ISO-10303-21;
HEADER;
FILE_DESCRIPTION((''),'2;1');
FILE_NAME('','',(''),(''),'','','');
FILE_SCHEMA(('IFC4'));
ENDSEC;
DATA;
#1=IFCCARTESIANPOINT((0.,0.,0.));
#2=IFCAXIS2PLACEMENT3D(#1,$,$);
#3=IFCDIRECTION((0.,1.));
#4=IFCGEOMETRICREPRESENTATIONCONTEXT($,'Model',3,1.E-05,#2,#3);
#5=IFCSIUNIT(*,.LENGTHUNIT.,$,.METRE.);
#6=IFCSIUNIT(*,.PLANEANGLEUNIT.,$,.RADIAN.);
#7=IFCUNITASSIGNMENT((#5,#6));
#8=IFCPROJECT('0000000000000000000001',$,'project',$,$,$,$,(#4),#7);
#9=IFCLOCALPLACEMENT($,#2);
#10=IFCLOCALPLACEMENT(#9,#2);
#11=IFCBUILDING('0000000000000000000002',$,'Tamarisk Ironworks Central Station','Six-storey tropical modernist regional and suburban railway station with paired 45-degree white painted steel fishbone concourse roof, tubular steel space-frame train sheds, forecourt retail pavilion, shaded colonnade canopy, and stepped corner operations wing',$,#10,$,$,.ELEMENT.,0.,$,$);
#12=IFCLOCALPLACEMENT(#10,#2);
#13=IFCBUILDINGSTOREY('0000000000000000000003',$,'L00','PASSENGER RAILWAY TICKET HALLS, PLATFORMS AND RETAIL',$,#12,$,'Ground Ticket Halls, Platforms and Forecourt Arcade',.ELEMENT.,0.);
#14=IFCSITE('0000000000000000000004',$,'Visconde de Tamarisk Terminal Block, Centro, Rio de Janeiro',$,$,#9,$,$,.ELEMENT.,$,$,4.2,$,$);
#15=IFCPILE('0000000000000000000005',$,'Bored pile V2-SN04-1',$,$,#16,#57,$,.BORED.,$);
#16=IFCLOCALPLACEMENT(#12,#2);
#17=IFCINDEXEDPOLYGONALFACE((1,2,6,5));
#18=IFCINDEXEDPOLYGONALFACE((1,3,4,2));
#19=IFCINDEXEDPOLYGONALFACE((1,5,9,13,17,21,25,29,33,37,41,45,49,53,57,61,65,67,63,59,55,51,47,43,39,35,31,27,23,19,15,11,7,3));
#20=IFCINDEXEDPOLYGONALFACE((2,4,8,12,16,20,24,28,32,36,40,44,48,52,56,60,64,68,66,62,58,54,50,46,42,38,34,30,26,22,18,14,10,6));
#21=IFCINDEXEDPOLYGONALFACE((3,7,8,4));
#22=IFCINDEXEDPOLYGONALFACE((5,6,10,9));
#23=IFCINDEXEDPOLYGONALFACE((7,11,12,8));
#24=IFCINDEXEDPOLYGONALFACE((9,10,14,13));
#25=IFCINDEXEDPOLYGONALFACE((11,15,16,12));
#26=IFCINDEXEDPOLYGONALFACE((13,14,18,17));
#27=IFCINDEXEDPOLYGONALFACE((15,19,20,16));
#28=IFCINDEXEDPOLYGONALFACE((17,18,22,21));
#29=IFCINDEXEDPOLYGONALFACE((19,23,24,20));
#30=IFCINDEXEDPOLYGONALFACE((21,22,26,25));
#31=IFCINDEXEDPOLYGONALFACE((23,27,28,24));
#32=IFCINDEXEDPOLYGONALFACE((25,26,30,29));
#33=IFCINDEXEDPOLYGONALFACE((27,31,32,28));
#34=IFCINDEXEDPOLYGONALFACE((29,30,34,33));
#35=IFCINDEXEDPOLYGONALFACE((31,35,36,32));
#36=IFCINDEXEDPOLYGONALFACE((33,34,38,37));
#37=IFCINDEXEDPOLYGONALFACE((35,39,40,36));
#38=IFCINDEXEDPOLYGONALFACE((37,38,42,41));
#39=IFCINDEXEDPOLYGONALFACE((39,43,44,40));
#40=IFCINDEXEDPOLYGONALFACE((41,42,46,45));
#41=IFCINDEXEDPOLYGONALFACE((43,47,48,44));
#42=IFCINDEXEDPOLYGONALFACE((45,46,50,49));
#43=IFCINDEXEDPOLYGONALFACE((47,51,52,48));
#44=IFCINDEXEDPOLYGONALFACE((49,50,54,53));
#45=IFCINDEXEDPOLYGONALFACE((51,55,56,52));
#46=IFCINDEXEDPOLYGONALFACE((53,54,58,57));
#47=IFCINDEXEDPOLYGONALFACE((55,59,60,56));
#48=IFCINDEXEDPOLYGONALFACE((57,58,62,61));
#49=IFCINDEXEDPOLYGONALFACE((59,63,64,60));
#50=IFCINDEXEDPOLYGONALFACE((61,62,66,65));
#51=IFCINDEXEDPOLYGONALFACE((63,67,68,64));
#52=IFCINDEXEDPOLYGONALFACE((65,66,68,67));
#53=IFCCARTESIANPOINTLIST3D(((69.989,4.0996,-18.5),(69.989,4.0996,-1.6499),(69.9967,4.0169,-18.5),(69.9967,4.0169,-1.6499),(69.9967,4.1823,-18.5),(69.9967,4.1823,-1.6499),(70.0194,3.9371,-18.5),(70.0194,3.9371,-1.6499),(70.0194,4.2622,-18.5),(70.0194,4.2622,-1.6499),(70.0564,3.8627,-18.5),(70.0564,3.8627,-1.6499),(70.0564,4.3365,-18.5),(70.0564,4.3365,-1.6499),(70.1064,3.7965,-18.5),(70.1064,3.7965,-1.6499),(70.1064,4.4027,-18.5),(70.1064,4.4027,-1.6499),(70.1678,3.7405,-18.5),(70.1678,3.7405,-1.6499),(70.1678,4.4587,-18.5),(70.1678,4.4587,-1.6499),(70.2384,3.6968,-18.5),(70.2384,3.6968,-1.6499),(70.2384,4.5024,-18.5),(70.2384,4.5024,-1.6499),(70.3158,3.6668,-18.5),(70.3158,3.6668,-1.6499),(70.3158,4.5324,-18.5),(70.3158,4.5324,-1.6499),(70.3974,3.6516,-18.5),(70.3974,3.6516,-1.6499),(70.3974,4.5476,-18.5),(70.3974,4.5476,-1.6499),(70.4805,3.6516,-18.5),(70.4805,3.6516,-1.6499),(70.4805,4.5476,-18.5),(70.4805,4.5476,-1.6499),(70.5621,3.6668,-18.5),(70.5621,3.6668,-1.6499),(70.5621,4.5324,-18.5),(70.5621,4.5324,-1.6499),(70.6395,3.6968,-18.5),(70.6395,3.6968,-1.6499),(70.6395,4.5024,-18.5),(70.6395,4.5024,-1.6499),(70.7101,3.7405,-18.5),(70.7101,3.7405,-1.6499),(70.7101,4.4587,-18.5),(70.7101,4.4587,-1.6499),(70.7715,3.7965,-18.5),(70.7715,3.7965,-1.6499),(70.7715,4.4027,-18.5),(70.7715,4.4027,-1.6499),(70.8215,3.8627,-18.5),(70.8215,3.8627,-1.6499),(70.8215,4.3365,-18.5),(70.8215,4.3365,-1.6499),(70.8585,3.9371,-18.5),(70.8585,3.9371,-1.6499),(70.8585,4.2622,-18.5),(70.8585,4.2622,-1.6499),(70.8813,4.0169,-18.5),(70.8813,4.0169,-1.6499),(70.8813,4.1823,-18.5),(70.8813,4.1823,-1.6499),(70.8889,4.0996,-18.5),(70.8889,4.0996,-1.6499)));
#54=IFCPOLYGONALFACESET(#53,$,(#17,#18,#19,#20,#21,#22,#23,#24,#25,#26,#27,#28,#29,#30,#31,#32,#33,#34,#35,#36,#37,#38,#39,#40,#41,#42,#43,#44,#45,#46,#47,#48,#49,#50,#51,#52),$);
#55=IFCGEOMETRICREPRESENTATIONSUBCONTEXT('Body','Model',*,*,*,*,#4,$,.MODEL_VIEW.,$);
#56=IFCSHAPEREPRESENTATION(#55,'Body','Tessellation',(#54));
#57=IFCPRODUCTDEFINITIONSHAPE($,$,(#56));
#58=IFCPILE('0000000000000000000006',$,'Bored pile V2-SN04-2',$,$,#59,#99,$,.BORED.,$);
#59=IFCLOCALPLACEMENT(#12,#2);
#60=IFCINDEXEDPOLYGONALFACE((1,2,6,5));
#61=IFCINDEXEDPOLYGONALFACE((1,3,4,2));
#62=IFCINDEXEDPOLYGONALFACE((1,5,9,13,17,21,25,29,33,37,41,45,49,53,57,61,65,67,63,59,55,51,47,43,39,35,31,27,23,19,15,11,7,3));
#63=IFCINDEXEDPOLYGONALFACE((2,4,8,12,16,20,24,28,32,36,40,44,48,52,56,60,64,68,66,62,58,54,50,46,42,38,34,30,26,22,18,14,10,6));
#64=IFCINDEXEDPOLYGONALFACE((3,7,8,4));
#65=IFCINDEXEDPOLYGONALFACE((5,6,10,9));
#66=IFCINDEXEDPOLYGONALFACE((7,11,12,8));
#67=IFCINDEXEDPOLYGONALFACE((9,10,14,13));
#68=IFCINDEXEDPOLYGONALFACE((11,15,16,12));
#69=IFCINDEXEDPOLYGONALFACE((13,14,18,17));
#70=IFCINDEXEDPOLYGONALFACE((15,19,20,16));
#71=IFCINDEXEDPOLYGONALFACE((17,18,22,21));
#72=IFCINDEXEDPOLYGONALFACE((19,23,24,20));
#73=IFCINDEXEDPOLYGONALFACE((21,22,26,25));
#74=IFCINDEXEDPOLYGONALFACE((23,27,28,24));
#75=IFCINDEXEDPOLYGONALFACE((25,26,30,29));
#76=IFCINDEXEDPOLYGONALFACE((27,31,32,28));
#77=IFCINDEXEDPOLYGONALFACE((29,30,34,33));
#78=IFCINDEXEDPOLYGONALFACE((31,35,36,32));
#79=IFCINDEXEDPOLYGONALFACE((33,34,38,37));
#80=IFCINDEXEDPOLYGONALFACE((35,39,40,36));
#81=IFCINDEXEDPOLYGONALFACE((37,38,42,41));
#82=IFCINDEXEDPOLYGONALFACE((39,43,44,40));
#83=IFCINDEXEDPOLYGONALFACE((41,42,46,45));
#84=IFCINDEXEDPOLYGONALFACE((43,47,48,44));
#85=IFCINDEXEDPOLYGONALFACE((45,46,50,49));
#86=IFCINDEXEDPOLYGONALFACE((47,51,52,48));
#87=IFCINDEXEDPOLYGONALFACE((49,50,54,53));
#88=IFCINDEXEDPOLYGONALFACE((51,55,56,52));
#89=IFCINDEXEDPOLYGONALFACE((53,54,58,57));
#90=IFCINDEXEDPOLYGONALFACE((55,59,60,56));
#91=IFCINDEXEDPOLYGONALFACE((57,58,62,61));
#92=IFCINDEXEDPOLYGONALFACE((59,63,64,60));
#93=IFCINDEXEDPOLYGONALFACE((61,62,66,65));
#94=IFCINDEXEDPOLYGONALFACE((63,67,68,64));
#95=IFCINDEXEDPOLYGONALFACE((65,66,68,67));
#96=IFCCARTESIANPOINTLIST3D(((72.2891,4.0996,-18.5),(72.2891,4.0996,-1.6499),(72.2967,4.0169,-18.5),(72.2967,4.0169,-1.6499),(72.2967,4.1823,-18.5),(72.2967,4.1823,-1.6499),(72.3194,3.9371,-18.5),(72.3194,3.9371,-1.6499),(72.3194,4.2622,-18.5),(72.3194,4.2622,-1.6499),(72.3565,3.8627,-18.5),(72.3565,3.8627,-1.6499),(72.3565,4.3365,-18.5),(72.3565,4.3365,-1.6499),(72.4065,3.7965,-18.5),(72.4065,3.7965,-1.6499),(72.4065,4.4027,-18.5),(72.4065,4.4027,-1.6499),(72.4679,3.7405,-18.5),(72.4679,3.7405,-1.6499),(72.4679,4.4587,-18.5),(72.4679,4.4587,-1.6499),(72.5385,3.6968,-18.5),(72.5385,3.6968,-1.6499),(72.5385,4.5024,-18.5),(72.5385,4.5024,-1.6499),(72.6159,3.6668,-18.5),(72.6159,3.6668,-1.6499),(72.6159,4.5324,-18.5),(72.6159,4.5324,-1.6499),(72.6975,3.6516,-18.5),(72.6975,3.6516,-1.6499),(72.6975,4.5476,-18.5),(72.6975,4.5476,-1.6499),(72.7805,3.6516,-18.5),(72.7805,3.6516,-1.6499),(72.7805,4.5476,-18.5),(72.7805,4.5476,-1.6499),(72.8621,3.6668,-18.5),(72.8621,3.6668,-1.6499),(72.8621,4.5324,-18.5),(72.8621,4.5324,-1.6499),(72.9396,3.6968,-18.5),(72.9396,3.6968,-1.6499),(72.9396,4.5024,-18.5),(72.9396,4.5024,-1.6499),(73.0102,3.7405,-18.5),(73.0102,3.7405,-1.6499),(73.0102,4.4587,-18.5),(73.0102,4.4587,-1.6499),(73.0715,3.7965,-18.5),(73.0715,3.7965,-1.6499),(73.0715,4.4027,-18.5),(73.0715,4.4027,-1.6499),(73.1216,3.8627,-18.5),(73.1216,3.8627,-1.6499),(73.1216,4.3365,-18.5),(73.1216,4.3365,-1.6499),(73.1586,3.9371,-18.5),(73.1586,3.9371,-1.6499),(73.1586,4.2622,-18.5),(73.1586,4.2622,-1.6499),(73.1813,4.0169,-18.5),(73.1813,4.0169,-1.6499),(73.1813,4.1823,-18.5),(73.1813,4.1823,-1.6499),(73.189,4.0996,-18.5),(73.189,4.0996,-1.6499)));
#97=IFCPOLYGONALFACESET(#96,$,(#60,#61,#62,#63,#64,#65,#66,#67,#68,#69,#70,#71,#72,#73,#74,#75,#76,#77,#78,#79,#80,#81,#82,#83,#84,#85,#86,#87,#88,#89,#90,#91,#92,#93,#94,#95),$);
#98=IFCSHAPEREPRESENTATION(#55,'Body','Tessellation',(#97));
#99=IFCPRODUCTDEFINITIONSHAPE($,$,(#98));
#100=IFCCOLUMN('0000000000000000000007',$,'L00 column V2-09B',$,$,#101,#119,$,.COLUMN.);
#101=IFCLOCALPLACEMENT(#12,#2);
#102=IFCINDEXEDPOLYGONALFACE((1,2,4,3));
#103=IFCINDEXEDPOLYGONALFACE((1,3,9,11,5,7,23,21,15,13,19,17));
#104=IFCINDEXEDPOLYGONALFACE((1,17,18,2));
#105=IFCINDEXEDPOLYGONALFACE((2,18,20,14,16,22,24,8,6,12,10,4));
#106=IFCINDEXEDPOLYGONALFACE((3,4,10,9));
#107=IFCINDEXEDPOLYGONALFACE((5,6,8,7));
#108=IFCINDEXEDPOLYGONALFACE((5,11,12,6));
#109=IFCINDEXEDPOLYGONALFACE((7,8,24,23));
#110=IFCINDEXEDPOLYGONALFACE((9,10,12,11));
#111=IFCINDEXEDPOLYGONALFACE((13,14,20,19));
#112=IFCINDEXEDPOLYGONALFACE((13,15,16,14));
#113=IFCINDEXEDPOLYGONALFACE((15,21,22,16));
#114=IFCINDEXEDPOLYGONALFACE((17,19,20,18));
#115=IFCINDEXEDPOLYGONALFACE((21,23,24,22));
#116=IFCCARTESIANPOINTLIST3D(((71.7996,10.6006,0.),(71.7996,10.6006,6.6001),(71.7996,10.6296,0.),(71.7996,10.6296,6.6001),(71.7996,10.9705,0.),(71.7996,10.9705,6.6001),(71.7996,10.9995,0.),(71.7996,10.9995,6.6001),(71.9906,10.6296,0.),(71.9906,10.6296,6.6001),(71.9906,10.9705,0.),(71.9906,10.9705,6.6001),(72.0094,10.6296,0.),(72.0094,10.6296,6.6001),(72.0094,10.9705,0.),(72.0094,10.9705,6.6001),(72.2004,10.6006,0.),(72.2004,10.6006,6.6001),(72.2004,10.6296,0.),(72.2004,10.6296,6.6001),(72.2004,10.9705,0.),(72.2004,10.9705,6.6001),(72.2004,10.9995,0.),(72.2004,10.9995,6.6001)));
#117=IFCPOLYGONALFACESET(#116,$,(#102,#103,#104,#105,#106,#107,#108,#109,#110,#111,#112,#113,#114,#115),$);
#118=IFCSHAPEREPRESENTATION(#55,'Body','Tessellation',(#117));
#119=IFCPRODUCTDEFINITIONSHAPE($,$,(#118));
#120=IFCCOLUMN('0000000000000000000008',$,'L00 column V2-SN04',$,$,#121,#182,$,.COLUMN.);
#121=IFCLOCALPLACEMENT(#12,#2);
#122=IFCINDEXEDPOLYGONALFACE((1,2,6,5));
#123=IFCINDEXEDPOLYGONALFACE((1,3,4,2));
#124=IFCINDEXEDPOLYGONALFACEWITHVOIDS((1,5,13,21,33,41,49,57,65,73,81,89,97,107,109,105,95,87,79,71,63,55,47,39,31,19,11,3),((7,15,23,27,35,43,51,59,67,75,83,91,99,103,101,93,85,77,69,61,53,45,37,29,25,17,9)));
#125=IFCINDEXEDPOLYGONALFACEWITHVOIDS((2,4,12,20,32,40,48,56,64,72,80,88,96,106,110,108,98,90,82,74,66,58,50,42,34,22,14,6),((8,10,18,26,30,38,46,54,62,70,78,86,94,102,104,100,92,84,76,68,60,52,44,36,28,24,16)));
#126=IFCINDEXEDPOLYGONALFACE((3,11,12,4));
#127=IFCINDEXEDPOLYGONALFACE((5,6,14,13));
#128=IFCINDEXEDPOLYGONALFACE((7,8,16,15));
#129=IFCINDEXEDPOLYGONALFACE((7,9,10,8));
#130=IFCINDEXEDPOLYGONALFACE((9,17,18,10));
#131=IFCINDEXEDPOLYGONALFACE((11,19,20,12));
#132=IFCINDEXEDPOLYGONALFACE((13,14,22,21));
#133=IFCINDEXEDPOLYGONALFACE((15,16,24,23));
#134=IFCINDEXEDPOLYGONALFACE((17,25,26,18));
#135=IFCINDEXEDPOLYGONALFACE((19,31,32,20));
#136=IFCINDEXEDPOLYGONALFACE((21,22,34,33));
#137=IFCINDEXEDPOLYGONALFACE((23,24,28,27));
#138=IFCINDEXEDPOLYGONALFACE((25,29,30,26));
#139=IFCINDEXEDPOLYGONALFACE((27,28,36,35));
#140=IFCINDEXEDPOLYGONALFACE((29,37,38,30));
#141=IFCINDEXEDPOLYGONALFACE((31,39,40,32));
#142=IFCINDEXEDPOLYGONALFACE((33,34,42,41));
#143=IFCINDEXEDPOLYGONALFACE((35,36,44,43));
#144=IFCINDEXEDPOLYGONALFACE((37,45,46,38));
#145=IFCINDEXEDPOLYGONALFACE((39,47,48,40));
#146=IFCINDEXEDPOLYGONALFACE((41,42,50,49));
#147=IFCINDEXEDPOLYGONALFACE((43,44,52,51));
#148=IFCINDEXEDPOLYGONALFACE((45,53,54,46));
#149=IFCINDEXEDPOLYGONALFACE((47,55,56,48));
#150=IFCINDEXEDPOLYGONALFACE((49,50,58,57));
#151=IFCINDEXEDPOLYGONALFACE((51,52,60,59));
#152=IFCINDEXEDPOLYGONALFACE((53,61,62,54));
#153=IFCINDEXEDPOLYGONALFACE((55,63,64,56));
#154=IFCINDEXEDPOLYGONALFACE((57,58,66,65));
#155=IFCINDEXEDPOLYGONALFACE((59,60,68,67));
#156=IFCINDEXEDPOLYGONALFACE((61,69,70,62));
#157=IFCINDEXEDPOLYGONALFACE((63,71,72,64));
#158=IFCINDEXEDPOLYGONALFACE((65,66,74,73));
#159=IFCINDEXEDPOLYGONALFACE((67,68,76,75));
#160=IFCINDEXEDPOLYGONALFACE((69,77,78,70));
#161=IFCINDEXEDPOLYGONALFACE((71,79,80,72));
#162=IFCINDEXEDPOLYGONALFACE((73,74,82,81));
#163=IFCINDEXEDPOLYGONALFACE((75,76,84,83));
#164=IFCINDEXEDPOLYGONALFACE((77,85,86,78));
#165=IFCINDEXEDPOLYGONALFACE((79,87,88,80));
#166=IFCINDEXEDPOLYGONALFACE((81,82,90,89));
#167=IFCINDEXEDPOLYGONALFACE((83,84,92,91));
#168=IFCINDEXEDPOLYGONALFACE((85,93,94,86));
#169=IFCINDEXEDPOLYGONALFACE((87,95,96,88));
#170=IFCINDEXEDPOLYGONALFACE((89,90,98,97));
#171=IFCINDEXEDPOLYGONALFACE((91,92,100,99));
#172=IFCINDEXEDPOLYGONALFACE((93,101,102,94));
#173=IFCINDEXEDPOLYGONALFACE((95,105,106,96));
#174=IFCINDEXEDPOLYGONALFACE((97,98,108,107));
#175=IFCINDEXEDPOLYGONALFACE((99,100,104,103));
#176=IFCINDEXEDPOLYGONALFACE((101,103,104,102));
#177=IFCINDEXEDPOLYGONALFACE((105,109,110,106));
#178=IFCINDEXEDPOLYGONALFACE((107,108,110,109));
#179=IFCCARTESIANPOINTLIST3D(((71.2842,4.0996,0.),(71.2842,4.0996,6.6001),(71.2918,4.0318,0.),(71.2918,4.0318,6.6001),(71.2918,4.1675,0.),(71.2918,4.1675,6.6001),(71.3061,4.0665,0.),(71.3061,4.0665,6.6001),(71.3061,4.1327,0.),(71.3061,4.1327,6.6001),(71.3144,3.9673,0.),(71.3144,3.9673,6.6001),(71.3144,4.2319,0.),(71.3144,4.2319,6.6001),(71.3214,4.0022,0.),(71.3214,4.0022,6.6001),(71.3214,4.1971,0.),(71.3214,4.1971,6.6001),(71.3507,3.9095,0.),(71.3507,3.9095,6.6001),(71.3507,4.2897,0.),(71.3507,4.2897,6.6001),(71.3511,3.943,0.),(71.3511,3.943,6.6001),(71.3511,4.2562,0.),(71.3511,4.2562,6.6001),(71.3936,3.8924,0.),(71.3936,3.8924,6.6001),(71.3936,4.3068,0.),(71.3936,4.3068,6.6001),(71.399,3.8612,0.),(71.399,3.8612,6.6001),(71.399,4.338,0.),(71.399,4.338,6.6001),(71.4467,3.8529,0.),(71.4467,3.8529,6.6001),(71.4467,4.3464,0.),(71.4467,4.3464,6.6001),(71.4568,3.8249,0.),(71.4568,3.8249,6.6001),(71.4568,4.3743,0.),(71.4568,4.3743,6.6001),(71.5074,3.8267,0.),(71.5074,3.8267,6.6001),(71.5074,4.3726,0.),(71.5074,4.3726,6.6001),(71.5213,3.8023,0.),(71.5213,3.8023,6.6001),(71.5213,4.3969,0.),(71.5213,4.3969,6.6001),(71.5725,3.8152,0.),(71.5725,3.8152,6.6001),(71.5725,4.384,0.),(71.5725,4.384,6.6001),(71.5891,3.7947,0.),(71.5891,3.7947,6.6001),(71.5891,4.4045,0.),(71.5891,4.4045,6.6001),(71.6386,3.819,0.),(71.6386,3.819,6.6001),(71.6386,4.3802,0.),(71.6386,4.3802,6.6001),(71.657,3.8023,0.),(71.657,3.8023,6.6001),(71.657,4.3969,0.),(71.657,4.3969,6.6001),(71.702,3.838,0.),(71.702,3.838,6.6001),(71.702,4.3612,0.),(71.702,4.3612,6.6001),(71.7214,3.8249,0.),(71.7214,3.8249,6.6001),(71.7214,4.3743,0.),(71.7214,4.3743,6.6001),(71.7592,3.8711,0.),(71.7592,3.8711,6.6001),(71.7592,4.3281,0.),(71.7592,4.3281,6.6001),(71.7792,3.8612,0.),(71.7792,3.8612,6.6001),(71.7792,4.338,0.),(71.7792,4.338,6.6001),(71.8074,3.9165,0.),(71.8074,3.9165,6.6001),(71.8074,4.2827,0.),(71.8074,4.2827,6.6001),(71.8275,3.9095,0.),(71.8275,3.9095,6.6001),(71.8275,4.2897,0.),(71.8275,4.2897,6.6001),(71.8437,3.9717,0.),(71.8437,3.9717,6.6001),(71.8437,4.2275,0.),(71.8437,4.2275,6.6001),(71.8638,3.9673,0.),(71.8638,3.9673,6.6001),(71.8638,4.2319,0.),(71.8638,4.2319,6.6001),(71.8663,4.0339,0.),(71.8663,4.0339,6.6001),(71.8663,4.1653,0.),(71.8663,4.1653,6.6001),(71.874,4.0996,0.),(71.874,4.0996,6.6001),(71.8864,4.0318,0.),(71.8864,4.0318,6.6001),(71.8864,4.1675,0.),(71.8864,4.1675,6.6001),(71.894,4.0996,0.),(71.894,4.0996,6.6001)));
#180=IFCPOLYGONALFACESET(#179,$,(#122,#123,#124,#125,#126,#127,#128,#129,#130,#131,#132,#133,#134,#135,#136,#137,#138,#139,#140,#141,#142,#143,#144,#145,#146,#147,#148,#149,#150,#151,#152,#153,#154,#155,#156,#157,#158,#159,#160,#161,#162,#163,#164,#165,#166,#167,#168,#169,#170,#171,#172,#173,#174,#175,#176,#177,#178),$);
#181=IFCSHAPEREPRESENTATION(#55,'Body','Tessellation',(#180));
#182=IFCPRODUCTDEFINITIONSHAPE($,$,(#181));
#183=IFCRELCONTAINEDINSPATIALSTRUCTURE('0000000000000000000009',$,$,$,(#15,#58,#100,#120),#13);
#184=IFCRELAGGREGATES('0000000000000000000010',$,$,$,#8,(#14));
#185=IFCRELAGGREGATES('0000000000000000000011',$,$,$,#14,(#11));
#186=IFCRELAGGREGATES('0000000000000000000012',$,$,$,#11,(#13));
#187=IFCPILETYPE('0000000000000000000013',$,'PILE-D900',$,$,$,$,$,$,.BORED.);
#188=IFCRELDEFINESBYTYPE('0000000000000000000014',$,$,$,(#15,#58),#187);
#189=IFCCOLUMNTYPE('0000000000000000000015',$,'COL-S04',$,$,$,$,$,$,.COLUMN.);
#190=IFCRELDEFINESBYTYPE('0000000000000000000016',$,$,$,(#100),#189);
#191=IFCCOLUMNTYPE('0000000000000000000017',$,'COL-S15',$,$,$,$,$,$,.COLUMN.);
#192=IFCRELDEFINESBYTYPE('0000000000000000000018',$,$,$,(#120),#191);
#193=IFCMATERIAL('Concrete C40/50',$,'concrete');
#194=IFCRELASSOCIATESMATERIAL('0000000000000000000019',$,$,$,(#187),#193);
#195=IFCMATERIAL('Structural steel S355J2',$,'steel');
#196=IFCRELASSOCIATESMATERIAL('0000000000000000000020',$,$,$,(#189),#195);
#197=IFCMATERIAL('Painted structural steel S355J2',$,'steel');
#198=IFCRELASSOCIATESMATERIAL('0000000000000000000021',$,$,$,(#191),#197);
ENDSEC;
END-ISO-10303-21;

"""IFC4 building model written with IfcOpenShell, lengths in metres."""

from ifc_helpers import new_model, si_unit, direction, frame, origin, origin_2d, place, context, subcontext, project, spatial, circle, hollow_circle, i_section, extrude, material, material_profile, profile_set, type_object, element, save


model = new_model("IFC4")

# Units and contexts
model_context = context("Model", 3, precision=1e-05, world=origin(), true_north=direction((0.0, 1.0)))
body_context = subcontext(model_context, "Body", "Model", "MODEL_VIEW")
ifc_project = project(units=[si_unit("LENGTHUNIT", "METRE"), si_unit("PLANEANGLEUNIT", "RADIAN")], contexts=[model_context])

# Site, building, storey
site_placement = place(None, origin())
site = spatial("IfcSite", under=ifc_project, at=site_placement, Name="Visconde de Tamarisk Terminal Block, Centro, Rio de Janeiro", CompositionType="ELEMENT", RefElevation=4.2)
building_placement = place(site_placement, origin())
building = spatial("IfcBuilding", under=site, at=building_placement, Name="Tamarisk Ironworks Central Station", Description="Six-storey tropical modernist regional and suburban railway station with paired 45-degree white painted steel fishbone concourse roof, tubular steel space-frame train sheds, forecourt retail pavilion, shaded colonnade canopy, and stepped corner operations wing", CompositionType="ELEMENT", ElevationOfRefHeight=0.0)
storey_placement = place(building_placement, origin())
storey = spatial("IfcBuildingStorey", under=building, at=storey_placement, Name="L00", Description="PASSENGER RAILWAY TICKET HALLS, PLATFORMS AND RETAIL", LongName="Ground Ticket Halls, Platforms and Forecourt Arcade", CompositionType="ELEMENT", Elevation=0.0)

# Shared definitions
ifc_material_1 = material(Name="Concrete C40/50", Category="concrete")

# Piles
ifc_material_profile_1 = material_profile(ifc_material_1, circle(Radius=0.45, at=origin_2d()), Name="BORED PILE D900")
ifc_profile_set_1 = profile_set([ifc_material_profile_1], Name="Concrete C40/50")
pile_type_1 = type_object("IfcPileType", Name="PILE-D900", PredefinedType="BORED", material=ifc_profile_set_1)
for number, where, z_axis, x_axis, name in (
    (1, (70.439, 4.0996, -1.6499), (0.0, 0.0, -1.0), (1.0, 0.0, 0.0), "Bored pile V2-SN04-1"),
    (2, (72.739, 4.0996, -1.6499), (0.0, 0.0, -1.0), (1.0, 0.0, 0.0), "Bored pile V2-SN04-2"),
):
    element("IfcPile", number, at=place(storey_placement, frame(where, z_axis=z_axis, x_axis=x_axis)), inside=storey, type_object=pile_type_1, Name=name, PredefinedType="BORED", context=body_context, shape_type="SweptSolid", body=[
        extrude(circle(Radius=0.45, at=origin_2d()), origin(), (0.0, 0.0, 1.0), 16.8501),
    ])

# Columns
ifc_material_2 = material(Name="Structural steel S355J2", Category="steel")
ifc_material_profile_2 = material_profile(ifc_material_2, i_section(OverallWidth=0.4009, OverallDepth=0.3989, WebThickness=0.0188, FlangeThickness=0.0291, at=origin_2d()), Name="HD 400x314")
ifc_profile_set_2 = profile_set([ifc_material_profile_2], Name="Structural steel S355J2")
column_type_1 = type_object("IfcColumnType", Name="COL-S04", PredefinedType="COLUMN", material=ifc_profile_set_2)
column_1_placement = place(storey_placement, frame((72.0, 10.8, 0.0), z_axis=(0.0, 0.0, 1.0), x_axis=(1.0, 0.0, 0.0)))
element("IfcColumn", 3, at=column_1_placement, inside=storey, type_object=column_type_1, Name="L00 column V2-09B", PredefinedType="COLUMN", context=body_context, shape_type="SweptSolid", body=[
    extrude(i_section(OverallWidth=0.4009, OverallDepth=0.3989, WebThickness=0.0188, FlangeThickness=0.0291, at=origin_2d()), origin(), (0.0, 0.0, 1.0), 6.6001),
])
ifc_material_3 = material(Name="Painted structural steel S355J2", Category="steel")
ifc_material_profile_3 = material_profile(ifc_material_3, hollow_circle(Radius=0.3049, WallThickness=0.02, at=origin_2d()), Name="CHS 610x20")
ifc_profile_set_3 = profile_set([ifc_material_profile_3], Name="Painted structural steel S355J2")
column_type_2 = type_object("IfcColumnType", Name="COL-S15", PredefinedType="COLUMN", material=ifc_profile_set_3)
column_2_placement = place(storey_placement, frame((71.5891, 4.0996, 0.0), z_axis=(0.0, 0.0, 1.0), x_axis=(1.0, 0.0, 0.0)))
element("IfcColumn", 4, at=column_2_placement, inside=storey, type_object=column_type_2, Name="L00 column V2-SN04", PredefinedType="COLUMN", context=body_context, shape_type="SweptSolid", body=[
    extrude(hollow_circle(Radius=0.3049, WallThickness=0.02, at=origin_2d()), origin(), (0.0, 0.0, 1.0), 6.6001),
])

save(model, "model.ifc")
